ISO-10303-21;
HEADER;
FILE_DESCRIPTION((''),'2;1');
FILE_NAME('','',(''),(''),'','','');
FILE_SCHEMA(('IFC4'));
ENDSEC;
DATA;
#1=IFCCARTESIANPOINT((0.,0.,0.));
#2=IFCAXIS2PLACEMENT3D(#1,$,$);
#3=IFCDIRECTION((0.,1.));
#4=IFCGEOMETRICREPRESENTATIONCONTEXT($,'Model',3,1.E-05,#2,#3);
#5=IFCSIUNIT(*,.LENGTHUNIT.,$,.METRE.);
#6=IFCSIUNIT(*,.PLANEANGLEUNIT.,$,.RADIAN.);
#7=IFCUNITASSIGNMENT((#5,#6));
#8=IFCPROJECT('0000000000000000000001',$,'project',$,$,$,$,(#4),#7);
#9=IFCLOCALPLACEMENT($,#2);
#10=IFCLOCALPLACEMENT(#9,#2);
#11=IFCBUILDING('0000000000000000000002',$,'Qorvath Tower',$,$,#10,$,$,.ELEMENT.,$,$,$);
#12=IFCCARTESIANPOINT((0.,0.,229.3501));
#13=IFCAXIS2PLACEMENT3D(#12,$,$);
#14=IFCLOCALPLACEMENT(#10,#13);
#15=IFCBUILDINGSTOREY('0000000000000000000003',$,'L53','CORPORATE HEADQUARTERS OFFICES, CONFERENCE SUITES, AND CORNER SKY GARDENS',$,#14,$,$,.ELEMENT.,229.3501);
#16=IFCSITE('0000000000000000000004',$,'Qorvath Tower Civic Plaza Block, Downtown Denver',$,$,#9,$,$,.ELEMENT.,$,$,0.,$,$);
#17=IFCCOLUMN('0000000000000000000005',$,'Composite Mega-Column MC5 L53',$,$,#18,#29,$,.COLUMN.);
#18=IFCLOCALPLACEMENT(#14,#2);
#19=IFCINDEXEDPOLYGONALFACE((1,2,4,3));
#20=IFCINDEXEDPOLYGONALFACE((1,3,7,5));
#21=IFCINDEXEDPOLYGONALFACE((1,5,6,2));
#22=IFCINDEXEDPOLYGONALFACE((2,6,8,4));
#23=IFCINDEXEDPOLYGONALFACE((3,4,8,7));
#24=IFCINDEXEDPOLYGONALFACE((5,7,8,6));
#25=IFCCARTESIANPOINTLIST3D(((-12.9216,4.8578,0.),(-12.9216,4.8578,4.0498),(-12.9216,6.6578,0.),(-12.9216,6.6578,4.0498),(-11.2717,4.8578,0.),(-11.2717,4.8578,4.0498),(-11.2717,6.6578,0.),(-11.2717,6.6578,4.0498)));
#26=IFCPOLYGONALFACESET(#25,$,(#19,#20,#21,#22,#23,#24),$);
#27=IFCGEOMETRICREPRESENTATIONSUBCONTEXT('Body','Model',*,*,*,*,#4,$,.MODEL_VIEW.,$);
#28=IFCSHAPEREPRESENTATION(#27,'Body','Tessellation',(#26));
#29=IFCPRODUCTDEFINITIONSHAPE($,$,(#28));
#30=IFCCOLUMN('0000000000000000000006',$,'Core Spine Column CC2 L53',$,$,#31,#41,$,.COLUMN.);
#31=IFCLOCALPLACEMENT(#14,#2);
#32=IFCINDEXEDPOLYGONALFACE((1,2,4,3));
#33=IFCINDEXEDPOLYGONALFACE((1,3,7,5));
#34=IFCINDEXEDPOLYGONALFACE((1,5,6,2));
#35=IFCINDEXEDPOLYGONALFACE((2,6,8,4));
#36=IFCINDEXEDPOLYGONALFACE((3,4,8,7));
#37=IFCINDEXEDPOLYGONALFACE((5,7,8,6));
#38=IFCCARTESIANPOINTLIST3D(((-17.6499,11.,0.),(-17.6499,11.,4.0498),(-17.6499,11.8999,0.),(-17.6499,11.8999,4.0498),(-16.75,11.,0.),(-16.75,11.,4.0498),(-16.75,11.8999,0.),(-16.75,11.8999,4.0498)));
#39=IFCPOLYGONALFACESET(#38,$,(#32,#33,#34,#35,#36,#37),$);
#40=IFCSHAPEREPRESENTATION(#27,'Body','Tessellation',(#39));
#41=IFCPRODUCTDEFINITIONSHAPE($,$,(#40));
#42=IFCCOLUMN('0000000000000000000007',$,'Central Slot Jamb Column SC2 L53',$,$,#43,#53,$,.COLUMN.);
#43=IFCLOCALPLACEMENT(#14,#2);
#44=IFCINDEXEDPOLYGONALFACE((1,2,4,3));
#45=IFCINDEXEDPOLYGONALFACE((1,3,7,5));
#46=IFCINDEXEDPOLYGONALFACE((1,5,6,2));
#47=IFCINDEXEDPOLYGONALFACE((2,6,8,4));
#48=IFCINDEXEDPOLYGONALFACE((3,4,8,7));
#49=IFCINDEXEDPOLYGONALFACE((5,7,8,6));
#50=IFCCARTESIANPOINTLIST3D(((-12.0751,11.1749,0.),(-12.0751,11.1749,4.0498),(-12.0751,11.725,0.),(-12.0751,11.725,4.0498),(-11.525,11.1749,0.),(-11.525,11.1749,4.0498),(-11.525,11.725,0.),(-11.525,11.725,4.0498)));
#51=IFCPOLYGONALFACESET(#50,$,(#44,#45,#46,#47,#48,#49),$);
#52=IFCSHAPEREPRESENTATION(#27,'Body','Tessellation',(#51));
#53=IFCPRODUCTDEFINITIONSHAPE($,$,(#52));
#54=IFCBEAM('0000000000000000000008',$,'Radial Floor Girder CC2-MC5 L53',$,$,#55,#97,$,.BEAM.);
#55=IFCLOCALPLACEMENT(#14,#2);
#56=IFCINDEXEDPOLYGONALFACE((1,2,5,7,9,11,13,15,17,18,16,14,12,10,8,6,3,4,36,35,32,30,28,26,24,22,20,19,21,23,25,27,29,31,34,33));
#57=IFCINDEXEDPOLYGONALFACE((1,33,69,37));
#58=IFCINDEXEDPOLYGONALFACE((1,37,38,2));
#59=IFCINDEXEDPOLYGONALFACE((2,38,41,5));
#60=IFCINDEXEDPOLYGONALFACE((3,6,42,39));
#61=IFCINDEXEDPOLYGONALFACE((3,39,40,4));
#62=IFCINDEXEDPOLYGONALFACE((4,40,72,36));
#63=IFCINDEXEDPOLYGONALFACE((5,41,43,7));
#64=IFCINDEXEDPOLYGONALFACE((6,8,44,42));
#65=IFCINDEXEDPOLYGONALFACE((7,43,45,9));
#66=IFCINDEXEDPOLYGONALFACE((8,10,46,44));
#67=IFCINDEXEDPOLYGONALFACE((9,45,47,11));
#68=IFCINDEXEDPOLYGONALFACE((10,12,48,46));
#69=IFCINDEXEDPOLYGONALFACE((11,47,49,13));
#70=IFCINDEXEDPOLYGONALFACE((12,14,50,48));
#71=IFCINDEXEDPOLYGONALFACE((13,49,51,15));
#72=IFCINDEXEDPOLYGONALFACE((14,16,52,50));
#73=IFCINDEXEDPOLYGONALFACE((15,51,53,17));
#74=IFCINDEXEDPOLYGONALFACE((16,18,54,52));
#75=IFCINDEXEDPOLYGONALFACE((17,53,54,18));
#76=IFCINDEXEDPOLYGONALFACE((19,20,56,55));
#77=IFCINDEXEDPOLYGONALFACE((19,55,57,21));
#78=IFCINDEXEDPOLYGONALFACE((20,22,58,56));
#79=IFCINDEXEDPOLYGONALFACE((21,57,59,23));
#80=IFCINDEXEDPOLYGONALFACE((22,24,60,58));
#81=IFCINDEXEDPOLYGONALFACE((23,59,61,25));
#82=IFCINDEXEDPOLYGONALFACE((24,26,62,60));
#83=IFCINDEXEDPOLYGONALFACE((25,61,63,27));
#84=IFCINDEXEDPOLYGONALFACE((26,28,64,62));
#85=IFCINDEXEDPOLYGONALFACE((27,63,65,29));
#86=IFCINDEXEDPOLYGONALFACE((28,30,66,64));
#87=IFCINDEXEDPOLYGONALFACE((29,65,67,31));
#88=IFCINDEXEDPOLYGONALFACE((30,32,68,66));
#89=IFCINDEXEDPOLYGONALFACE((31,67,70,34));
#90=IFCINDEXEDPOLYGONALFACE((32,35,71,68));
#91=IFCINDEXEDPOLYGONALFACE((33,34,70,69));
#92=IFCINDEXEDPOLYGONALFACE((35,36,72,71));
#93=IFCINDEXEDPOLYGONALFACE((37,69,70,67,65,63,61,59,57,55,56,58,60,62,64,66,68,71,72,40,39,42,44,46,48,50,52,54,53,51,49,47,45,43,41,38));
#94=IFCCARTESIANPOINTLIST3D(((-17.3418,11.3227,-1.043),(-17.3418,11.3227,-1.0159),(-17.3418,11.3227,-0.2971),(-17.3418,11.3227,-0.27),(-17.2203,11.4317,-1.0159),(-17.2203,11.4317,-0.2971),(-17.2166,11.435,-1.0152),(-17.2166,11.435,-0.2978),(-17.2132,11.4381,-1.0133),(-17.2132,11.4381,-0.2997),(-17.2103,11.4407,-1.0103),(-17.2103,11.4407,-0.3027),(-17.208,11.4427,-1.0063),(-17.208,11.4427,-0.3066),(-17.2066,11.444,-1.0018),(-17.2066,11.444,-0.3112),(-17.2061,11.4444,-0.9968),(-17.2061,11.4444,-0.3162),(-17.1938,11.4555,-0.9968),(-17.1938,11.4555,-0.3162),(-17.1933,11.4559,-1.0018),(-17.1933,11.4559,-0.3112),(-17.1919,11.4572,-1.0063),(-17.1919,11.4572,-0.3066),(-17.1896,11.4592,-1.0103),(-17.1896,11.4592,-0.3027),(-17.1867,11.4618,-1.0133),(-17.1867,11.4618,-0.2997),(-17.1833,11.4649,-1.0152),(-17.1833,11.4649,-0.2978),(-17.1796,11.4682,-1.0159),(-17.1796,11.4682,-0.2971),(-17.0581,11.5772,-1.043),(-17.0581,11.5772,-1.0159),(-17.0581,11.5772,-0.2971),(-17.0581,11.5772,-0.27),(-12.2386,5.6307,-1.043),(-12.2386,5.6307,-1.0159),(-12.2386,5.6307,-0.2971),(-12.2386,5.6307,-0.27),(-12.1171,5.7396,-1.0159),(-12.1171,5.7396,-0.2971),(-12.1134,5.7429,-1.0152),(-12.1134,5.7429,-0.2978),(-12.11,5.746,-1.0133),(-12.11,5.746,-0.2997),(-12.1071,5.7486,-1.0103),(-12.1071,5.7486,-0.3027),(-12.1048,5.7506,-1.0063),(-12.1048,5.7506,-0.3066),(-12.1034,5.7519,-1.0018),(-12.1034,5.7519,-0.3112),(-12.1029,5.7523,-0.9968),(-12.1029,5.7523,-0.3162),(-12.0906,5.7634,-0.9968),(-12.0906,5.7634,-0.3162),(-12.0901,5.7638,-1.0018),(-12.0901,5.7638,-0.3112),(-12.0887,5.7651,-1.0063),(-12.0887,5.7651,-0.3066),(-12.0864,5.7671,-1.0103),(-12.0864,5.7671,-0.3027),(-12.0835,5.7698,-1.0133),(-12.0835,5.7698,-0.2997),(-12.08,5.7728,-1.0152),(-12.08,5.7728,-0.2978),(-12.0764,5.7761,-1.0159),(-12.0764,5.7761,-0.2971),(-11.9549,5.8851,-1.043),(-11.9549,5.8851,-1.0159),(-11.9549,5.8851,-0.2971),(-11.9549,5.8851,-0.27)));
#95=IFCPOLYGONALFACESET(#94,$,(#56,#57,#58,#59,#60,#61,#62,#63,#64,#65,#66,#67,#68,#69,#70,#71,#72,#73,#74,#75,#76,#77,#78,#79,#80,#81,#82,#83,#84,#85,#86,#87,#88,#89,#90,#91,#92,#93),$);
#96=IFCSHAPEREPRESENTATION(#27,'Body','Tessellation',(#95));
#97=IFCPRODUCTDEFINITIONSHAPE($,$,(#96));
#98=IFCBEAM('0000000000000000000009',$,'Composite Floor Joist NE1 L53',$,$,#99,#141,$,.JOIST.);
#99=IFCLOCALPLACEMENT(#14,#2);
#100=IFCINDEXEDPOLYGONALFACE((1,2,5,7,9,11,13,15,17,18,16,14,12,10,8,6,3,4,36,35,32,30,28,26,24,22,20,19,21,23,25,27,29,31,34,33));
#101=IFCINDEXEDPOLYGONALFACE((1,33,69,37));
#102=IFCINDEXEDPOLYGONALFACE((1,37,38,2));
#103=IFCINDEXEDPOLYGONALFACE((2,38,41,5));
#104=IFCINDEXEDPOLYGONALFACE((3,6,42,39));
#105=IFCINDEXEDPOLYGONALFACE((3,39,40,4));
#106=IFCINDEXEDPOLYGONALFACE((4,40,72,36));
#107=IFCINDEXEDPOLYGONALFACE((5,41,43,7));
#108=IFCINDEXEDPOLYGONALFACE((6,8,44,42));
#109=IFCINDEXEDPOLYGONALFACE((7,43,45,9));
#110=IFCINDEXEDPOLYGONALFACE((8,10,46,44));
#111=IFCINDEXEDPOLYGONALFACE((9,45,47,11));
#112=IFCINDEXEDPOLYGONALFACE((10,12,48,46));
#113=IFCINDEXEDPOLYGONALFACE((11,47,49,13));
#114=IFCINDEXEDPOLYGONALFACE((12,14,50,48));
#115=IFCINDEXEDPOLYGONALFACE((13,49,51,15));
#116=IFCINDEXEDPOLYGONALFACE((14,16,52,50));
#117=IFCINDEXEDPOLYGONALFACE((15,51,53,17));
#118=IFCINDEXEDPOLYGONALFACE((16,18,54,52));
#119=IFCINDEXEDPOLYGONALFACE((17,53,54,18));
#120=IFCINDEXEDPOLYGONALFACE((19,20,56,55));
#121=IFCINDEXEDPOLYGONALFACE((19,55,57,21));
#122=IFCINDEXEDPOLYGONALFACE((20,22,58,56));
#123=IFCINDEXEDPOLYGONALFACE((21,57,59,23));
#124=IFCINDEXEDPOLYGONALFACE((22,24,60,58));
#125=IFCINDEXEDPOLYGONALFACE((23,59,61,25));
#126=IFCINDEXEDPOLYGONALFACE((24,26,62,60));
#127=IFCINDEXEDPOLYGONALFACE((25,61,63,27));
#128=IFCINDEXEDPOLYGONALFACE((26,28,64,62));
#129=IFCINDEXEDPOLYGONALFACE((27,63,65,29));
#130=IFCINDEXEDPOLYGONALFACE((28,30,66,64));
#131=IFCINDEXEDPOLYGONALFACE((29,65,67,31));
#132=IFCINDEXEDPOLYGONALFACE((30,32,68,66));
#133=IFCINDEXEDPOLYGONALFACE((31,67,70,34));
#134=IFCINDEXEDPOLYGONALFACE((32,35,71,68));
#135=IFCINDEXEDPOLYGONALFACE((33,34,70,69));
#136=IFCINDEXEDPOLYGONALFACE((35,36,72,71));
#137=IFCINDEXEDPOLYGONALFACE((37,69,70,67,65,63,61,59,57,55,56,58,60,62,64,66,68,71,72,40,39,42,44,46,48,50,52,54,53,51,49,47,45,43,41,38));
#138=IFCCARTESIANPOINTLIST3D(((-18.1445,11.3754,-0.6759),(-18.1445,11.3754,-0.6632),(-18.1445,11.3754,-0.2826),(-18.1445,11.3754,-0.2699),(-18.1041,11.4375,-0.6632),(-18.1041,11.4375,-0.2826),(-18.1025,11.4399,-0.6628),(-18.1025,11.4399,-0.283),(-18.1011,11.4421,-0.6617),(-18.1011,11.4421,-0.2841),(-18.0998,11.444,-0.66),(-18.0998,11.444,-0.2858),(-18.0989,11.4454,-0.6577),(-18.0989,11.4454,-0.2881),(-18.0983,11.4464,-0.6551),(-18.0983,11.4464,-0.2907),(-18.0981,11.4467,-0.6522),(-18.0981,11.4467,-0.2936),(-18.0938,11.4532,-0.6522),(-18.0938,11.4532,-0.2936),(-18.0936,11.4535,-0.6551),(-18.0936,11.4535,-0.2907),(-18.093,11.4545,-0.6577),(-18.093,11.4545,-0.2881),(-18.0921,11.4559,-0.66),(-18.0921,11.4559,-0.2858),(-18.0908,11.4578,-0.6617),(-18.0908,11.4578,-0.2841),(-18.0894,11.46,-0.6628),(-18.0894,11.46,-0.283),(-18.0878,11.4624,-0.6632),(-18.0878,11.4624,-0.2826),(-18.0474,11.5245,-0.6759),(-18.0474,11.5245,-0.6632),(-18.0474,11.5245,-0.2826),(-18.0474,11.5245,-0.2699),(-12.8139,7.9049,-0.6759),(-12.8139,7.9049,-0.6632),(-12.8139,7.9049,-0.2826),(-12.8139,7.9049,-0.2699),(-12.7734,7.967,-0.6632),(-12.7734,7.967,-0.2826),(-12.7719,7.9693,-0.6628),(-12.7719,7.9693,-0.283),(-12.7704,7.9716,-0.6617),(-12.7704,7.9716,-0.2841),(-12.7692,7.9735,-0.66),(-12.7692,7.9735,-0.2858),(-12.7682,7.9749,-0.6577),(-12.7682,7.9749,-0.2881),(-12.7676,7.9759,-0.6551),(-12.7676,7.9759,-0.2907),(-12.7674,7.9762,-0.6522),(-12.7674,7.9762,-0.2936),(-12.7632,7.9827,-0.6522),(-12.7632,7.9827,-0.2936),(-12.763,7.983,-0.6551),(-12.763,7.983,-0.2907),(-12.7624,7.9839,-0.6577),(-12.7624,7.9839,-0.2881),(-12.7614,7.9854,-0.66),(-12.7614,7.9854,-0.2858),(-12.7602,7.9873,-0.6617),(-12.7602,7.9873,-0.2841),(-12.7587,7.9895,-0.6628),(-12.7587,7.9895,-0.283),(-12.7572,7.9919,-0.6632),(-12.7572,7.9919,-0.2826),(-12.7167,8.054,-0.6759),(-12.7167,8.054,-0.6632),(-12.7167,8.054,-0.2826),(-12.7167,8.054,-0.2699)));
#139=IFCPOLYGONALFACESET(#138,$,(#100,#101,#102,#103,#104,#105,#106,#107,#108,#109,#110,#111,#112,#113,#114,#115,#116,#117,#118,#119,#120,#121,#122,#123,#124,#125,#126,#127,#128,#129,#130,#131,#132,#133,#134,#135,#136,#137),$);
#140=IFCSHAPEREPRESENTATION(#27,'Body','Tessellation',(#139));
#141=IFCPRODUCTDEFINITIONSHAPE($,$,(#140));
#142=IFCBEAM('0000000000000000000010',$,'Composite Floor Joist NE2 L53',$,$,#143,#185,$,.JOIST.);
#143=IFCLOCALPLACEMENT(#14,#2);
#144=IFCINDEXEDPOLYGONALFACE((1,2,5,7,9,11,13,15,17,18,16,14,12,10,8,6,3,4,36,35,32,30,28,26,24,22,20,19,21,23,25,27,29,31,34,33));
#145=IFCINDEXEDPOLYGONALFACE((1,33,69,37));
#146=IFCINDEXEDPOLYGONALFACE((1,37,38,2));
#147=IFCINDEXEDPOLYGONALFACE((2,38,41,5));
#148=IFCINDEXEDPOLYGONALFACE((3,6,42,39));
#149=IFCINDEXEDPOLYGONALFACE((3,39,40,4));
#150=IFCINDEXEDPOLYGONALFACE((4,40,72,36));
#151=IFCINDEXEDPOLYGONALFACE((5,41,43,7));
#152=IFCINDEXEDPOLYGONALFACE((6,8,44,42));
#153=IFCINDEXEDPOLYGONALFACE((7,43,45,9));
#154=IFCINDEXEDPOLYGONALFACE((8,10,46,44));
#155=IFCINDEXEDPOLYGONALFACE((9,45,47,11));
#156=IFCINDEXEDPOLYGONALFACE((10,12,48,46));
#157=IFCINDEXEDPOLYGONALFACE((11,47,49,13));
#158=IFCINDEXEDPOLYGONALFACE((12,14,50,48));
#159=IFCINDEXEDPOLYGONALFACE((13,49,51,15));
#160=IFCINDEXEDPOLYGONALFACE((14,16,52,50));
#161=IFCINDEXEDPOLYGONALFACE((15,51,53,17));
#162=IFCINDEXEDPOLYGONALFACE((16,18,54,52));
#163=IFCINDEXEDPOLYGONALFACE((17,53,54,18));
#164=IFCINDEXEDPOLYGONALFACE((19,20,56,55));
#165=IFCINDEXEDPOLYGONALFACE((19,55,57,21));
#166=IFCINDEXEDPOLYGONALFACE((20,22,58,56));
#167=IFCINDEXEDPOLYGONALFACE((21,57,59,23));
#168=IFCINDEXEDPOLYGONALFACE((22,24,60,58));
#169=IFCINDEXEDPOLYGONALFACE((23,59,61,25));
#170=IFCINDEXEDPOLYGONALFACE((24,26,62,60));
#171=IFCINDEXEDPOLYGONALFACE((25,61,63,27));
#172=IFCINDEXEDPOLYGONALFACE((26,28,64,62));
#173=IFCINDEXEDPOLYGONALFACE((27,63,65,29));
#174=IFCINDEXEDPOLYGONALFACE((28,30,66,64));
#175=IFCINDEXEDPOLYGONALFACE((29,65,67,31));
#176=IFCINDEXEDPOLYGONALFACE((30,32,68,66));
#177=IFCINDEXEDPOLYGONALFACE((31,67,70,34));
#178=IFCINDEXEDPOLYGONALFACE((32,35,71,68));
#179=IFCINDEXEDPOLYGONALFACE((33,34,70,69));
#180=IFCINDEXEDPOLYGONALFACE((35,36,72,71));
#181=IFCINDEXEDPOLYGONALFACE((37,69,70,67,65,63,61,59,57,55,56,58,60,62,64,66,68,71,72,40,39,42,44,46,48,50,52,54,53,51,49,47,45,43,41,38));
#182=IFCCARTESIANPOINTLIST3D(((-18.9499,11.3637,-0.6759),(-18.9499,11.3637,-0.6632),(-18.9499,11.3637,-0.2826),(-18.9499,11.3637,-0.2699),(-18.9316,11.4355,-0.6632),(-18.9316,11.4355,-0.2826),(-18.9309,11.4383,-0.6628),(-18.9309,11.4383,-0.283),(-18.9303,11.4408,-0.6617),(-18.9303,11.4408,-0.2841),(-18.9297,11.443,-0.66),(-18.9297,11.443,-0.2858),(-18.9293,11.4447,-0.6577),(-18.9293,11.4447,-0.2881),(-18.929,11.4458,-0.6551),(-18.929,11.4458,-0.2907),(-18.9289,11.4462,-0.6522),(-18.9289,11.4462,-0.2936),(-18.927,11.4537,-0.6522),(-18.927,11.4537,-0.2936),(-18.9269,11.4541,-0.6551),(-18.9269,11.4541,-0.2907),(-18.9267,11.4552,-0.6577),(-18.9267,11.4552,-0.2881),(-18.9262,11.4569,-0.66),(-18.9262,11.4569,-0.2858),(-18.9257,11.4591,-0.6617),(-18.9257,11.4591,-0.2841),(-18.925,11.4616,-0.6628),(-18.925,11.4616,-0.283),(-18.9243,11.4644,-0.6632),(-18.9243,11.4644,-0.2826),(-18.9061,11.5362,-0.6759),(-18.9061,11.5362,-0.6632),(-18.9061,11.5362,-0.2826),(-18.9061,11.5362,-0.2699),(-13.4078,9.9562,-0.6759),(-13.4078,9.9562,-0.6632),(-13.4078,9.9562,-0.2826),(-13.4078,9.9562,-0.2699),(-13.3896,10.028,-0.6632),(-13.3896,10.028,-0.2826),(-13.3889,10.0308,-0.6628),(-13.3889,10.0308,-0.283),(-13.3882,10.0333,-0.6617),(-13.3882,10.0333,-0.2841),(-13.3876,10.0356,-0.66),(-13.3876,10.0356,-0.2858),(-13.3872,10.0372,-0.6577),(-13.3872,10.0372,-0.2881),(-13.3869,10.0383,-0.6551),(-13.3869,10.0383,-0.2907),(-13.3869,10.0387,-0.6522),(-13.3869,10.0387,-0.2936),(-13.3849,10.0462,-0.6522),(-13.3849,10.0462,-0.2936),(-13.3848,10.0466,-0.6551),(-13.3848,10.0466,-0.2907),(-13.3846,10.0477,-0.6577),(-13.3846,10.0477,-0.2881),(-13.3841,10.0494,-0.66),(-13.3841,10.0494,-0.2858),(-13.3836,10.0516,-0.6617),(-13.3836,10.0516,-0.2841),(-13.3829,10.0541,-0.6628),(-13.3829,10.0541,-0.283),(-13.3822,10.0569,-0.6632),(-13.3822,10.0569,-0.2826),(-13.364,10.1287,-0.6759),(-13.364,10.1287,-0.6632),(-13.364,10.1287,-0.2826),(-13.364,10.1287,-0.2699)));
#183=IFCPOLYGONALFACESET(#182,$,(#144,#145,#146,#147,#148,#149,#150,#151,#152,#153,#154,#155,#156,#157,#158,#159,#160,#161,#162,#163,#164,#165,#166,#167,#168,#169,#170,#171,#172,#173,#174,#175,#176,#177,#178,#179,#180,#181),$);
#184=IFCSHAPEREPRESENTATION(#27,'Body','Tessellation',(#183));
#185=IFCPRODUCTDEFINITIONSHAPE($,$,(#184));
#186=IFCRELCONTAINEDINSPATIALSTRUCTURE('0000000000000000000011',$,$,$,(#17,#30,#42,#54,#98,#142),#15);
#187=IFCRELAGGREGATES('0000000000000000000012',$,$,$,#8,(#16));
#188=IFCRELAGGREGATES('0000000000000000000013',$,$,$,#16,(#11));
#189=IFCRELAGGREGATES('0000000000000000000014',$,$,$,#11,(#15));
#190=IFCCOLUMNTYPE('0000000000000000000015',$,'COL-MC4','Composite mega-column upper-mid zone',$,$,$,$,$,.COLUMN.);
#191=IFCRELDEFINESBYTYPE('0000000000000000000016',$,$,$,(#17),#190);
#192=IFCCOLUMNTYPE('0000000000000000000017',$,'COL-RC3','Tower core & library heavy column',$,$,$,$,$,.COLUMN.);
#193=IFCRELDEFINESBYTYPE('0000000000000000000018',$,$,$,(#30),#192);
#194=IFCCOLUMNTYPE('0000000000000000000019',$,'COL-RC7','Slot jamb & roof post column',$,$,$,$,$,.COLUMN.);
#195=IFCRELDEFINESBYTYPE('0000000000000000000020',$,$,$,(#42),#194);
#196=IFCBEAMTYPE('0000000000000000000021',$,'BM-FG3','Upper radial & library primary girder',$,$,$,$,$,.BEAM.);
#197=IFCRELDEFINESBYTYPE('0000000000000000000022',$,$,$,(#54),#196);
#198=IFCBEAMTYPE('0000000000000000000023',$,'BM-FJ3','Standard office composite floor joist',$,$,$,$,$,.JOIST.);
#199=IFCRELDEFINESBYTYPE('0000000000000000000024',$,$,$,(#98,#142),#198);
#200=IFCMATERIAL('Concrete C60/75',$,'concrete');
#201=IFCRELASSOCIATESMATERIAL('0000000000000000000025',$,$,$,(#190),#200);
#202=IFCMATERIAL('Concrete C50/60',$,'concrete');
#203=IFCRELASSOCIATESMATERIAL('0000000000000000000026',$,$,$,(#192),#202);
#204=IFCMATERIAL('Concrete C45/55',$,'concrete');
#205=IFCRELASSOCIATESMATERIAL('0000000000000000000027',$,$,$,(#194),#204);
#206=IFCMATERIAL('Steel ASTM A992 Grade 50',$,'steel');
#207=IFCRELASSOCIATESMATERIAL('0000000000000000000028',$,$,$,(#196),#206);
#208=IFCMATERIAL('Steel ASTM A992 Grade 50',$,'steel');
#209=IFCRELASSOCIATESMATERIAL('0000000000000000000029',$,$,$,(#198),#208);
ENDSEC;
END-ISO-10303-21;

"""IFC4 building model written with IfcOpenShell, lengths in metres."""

from ifc_helpers import new_model, si_unit, direction, frame, origin, origin_2d, place, context, subcontext, project, spatial, rectangle, i_section, extrude, material, material_profile, profile_set, type_object, element, save


model = new_model("IFC4")

# Units and contexts
model_context = context("Model", 3, precision=1e-05, world=origin(), true_north=direction((0.0, 1.0)))
body_context = subcontext(model_context, "Body", "Model", "MODEL_VIEW")
ifc_project = project(units=[si_unit("LENGTHUNIT", "METRE"), si_unit("PLANEANGLEUNIT", "RADIAN")], contexts=[model_context])

# Site, building, storey
site_placement = place(None, origin())
site = spatial("IfcSite", under=ifc_project, at=site_placement, Name="Qorvath Tower Civic Plaza Block, Downtown Denver", CompositionType="ELEMENT", RefElevation=0.0)
building_placement = place(site_placement, origin())
building = spatial("IfcBuilding", under=site, at=building_placement, Name="Qorvath Tower", CompositionType="ELEMENT")
storey_placement = place(building_placement, frame((0.0, 0.0, 229.3501)))
storey = spatial("IfcBuildingStorey", under=building, at=storey_placement, Name="L53", Description="CORPORATE HEADQUARTERS OFFICES, CONFERENCE SUITES, AND CORNER SKY GARDENS", CompositionType="ELEMENT", Elevation=229.3501)

# Columns
ifc_material_1 = material(Name="Concrete C60/75", Category="concrete")
ifc_material_profile_1 = material_profile(ifc_material_1, rectangle(XDim=1.6499, YDim=1.8, at=origin_2d()), Name="MC 1800x1650")
ifc_profile_set_1 = profile_set([ifc_material_profile_1], Name="Concrete C60/75")
column_type_1 = type_object("IfcColumnType", Name="COL-MC4", Description="Composite mega-column upper-mid zone", PredefinedType="COLUMN", material=ifc_profile_set_1)
column_1_placement = place(storey_placement, frame((-12.0967, 5.7578, 0.0), z_axis=(0.0, 0.0, 1.0), x_axis=(1.0, 0.0, 0.0)))
element("IfcColumn", 1, at=column_1_placement, inside=storey, type_object=column_type_1, Name="Composite Mega-Column MC5 L53", PredefinedType="COLUMN", context=body_context, shape_type="SweptSolid", body=[
    extrude(rectangle(XDim=1.6499, YDim=1.8, at=origin_2d()), origin(), (0.0, 0.0, 1.0), 4.0498),
])
ifc_material_2 = material(Name="Concrete C50/60", Category="concrete")
ifc_material_profile_2 = material_profile(ifc_material_2, rectangle(XDim=0.8999, YDim=0.8999, at=origin_2d()), Name="RC 900x900")
ifc_profile_set_2 = profile_set([ifc_material_profile_2], Name="Concrete C50/60")
column_type_2 = type_object("IfcColumnType", Name="COL-RC3", Description="Tower core & library heavy column", PredefinedType="COLUMN", material=ifc_profile_set_2)
column_2_placement = place(storey_placement, frame((-17.2, 11.45, 0.0), z_axis=(0.0, 0.0, 1.0), x_axis=(1.0, 0.0, 0.0)))
element("IfcColumn", 2, at=column_2_placement, inside=storey, type_object=column_type_2, Name="Core Spine Column CC2 L53", PredefinedType="COLUMN", context=body_context, shape_type="SweptSolid", body=[
    extrude(rectangle(XDim=0.8999, YDim=0.8999, at=origin_2d()), origin(), (0.0, 0.0, 1.0), 4.0498),
])
ifc_material_3 = material(Name="Concrete C45/55", Category="concrete")
ifc_material_profile_3 = material_profile(ifc_material_3, rectangle(XDim=0.55, YDim=0.55, at=origin_2d()), Name="RC 550x550")
ifc_profile_set_3 = profile_set([ifc_material_profile_3], Name="Concrete C45/55")
column_type_3 = type_object("IfcColumnType", Name="COL-RC7", Description="Slot jamb & roof post column", PredefinedType="COLUMN", material=ifc_profile_set_3)
column_3_placement = place(storey_placement, frame((-11.8, 11.45, 0.0), z_axis=(0.0, 0.0, 1.0), x_axis=(1.0, 0.0, 0.0)))
element("IfcColumn", 3, at=column_3_placement, inside=storey, type_object=column_type_3, Name="Central Slot Jamb Column SC2 L53", PredefinedType="COLUMN", context=body_context, shape_type="SweptSolid", body=[
    extrude(rectangle(XDim=0.55, YDim=0.55, at=origin_2d()), origin(), (0.0, 0.0, 1.0), 4.0498),
])

# Beams
ifc_material_4 = material(Name="Steel ASTM A992 Grade 50", Category="steel")
ifc_material_profile_4 = material_profile(ifc_material_4, i_section(OverallWidth=0.3811, OverallDepth=0.7729, WebThickness=0.0166, FlangeThickness=0.0271, FilletRadius=0.019, at=origin_2d()), Name="W30x173")
ifc_profile_set_4 = profile_set([ifc_material_profile_4], Name="Steel ASTM A992 Grade 50")
beam_type_1 = type_object("IfcBeamType", Name="BM-FG3", Description="Upper radial & library primary girder", PredefinedType="BEAM", material=ifc_profile_set_4)
beam_1_placement = place(storey_placement, frame((-17.2, 11.45, -0.6565), z_axis=(0.667543, -0.744571, 0.0), x_axis=(0.744571, 0.667543, 0.0)))
element("IfcBeam", 4, at=beam_1_placement, inside=storey, type_object=beam_type_1, Name="Radial Floor Girder CC2-MC5 L53", PredefinedType="BEAM", context=body_context, shape_type="SweptSolid", body=[
    extrude(i_section(OverallWidth=0.3811, OverallDepth=0.7729, WebThickness=0.0166, FlangeThickness=0.0271, FilletRadius=0.019, at=origin_2d()), origin(), (0.0, 0.0, 1.0), 7.6448),
])
ifc_material_5 = material(Name="Steel ASTM A992 Grade 50", Category="steel")
ifc_material_profile_5 = material_profile(ifc_material_5, i_section(OverallWidth=0.178, OverallDepth=0.406, WebThickness=0.0078, FlangeThickness=0.0127, FilletRadius=0.011, at=origin_2d()), Name="W16x40")
ifc_profile_set_5 = profile_set([ifc_material_profile_5], Name="Steel ASTM A992 Grade 50")
beam_type_2 = type_object("IfcBeamType", Name="BM-FJ3", Description="Standard office composite floor joist", PredefinedType="JOIST", material=ifc_profile_set_5)
beam_2_placement = place(storey_placement, frame((-18.0959, 11.45, -0.4729), z_axis=(0.838042, -0.545606, 0.0), x_axis=(0.545606, 0.838042, 0.0)))
element("IfcBeam", 5, at=beam_2_placement, inside=storey, type_object=beam_type_2, Name="Composite Floor Joist NE1 L53", PredefinedType="JOIST", context=body_context, shape_type="SweptSolid", body=[
    extrude(i_section(OverallWidth=0.178, OverallDepth=0.406, WebThickness=0.0078, FlangeThickness=0.0127, FilletRadius=0.011, at=origin_2d()), origin(), (0.0, 0.0, 1.0), 6.3608),
])
beam_3_placement = place(storey_placement, frame((-18.928, 11.45, -0.4729), z_axis=(0.969232, -0.246151, 0.0), x_axis=(0.246151, 0.969232, 0.0)))
element("IfcBeam", 6, at=beam_3_placement, inside=storey, type_object=beam_type_2, Name="Composite Floor Joist NE2 L53", PredefinedType="JOIST", context=body_context, shape_type="SweptSolid", body=[
    extrude(i_section(OverallWidth=0.178, OverallDepth=0.406, WebThickness=0.0078, FlangeThickness=0.0127, FilletRadius=0.011, at=origin_2d()), origin(), (0.0, 0.0, 1.0), 5.718),
])

save(model, "model.ifc")
